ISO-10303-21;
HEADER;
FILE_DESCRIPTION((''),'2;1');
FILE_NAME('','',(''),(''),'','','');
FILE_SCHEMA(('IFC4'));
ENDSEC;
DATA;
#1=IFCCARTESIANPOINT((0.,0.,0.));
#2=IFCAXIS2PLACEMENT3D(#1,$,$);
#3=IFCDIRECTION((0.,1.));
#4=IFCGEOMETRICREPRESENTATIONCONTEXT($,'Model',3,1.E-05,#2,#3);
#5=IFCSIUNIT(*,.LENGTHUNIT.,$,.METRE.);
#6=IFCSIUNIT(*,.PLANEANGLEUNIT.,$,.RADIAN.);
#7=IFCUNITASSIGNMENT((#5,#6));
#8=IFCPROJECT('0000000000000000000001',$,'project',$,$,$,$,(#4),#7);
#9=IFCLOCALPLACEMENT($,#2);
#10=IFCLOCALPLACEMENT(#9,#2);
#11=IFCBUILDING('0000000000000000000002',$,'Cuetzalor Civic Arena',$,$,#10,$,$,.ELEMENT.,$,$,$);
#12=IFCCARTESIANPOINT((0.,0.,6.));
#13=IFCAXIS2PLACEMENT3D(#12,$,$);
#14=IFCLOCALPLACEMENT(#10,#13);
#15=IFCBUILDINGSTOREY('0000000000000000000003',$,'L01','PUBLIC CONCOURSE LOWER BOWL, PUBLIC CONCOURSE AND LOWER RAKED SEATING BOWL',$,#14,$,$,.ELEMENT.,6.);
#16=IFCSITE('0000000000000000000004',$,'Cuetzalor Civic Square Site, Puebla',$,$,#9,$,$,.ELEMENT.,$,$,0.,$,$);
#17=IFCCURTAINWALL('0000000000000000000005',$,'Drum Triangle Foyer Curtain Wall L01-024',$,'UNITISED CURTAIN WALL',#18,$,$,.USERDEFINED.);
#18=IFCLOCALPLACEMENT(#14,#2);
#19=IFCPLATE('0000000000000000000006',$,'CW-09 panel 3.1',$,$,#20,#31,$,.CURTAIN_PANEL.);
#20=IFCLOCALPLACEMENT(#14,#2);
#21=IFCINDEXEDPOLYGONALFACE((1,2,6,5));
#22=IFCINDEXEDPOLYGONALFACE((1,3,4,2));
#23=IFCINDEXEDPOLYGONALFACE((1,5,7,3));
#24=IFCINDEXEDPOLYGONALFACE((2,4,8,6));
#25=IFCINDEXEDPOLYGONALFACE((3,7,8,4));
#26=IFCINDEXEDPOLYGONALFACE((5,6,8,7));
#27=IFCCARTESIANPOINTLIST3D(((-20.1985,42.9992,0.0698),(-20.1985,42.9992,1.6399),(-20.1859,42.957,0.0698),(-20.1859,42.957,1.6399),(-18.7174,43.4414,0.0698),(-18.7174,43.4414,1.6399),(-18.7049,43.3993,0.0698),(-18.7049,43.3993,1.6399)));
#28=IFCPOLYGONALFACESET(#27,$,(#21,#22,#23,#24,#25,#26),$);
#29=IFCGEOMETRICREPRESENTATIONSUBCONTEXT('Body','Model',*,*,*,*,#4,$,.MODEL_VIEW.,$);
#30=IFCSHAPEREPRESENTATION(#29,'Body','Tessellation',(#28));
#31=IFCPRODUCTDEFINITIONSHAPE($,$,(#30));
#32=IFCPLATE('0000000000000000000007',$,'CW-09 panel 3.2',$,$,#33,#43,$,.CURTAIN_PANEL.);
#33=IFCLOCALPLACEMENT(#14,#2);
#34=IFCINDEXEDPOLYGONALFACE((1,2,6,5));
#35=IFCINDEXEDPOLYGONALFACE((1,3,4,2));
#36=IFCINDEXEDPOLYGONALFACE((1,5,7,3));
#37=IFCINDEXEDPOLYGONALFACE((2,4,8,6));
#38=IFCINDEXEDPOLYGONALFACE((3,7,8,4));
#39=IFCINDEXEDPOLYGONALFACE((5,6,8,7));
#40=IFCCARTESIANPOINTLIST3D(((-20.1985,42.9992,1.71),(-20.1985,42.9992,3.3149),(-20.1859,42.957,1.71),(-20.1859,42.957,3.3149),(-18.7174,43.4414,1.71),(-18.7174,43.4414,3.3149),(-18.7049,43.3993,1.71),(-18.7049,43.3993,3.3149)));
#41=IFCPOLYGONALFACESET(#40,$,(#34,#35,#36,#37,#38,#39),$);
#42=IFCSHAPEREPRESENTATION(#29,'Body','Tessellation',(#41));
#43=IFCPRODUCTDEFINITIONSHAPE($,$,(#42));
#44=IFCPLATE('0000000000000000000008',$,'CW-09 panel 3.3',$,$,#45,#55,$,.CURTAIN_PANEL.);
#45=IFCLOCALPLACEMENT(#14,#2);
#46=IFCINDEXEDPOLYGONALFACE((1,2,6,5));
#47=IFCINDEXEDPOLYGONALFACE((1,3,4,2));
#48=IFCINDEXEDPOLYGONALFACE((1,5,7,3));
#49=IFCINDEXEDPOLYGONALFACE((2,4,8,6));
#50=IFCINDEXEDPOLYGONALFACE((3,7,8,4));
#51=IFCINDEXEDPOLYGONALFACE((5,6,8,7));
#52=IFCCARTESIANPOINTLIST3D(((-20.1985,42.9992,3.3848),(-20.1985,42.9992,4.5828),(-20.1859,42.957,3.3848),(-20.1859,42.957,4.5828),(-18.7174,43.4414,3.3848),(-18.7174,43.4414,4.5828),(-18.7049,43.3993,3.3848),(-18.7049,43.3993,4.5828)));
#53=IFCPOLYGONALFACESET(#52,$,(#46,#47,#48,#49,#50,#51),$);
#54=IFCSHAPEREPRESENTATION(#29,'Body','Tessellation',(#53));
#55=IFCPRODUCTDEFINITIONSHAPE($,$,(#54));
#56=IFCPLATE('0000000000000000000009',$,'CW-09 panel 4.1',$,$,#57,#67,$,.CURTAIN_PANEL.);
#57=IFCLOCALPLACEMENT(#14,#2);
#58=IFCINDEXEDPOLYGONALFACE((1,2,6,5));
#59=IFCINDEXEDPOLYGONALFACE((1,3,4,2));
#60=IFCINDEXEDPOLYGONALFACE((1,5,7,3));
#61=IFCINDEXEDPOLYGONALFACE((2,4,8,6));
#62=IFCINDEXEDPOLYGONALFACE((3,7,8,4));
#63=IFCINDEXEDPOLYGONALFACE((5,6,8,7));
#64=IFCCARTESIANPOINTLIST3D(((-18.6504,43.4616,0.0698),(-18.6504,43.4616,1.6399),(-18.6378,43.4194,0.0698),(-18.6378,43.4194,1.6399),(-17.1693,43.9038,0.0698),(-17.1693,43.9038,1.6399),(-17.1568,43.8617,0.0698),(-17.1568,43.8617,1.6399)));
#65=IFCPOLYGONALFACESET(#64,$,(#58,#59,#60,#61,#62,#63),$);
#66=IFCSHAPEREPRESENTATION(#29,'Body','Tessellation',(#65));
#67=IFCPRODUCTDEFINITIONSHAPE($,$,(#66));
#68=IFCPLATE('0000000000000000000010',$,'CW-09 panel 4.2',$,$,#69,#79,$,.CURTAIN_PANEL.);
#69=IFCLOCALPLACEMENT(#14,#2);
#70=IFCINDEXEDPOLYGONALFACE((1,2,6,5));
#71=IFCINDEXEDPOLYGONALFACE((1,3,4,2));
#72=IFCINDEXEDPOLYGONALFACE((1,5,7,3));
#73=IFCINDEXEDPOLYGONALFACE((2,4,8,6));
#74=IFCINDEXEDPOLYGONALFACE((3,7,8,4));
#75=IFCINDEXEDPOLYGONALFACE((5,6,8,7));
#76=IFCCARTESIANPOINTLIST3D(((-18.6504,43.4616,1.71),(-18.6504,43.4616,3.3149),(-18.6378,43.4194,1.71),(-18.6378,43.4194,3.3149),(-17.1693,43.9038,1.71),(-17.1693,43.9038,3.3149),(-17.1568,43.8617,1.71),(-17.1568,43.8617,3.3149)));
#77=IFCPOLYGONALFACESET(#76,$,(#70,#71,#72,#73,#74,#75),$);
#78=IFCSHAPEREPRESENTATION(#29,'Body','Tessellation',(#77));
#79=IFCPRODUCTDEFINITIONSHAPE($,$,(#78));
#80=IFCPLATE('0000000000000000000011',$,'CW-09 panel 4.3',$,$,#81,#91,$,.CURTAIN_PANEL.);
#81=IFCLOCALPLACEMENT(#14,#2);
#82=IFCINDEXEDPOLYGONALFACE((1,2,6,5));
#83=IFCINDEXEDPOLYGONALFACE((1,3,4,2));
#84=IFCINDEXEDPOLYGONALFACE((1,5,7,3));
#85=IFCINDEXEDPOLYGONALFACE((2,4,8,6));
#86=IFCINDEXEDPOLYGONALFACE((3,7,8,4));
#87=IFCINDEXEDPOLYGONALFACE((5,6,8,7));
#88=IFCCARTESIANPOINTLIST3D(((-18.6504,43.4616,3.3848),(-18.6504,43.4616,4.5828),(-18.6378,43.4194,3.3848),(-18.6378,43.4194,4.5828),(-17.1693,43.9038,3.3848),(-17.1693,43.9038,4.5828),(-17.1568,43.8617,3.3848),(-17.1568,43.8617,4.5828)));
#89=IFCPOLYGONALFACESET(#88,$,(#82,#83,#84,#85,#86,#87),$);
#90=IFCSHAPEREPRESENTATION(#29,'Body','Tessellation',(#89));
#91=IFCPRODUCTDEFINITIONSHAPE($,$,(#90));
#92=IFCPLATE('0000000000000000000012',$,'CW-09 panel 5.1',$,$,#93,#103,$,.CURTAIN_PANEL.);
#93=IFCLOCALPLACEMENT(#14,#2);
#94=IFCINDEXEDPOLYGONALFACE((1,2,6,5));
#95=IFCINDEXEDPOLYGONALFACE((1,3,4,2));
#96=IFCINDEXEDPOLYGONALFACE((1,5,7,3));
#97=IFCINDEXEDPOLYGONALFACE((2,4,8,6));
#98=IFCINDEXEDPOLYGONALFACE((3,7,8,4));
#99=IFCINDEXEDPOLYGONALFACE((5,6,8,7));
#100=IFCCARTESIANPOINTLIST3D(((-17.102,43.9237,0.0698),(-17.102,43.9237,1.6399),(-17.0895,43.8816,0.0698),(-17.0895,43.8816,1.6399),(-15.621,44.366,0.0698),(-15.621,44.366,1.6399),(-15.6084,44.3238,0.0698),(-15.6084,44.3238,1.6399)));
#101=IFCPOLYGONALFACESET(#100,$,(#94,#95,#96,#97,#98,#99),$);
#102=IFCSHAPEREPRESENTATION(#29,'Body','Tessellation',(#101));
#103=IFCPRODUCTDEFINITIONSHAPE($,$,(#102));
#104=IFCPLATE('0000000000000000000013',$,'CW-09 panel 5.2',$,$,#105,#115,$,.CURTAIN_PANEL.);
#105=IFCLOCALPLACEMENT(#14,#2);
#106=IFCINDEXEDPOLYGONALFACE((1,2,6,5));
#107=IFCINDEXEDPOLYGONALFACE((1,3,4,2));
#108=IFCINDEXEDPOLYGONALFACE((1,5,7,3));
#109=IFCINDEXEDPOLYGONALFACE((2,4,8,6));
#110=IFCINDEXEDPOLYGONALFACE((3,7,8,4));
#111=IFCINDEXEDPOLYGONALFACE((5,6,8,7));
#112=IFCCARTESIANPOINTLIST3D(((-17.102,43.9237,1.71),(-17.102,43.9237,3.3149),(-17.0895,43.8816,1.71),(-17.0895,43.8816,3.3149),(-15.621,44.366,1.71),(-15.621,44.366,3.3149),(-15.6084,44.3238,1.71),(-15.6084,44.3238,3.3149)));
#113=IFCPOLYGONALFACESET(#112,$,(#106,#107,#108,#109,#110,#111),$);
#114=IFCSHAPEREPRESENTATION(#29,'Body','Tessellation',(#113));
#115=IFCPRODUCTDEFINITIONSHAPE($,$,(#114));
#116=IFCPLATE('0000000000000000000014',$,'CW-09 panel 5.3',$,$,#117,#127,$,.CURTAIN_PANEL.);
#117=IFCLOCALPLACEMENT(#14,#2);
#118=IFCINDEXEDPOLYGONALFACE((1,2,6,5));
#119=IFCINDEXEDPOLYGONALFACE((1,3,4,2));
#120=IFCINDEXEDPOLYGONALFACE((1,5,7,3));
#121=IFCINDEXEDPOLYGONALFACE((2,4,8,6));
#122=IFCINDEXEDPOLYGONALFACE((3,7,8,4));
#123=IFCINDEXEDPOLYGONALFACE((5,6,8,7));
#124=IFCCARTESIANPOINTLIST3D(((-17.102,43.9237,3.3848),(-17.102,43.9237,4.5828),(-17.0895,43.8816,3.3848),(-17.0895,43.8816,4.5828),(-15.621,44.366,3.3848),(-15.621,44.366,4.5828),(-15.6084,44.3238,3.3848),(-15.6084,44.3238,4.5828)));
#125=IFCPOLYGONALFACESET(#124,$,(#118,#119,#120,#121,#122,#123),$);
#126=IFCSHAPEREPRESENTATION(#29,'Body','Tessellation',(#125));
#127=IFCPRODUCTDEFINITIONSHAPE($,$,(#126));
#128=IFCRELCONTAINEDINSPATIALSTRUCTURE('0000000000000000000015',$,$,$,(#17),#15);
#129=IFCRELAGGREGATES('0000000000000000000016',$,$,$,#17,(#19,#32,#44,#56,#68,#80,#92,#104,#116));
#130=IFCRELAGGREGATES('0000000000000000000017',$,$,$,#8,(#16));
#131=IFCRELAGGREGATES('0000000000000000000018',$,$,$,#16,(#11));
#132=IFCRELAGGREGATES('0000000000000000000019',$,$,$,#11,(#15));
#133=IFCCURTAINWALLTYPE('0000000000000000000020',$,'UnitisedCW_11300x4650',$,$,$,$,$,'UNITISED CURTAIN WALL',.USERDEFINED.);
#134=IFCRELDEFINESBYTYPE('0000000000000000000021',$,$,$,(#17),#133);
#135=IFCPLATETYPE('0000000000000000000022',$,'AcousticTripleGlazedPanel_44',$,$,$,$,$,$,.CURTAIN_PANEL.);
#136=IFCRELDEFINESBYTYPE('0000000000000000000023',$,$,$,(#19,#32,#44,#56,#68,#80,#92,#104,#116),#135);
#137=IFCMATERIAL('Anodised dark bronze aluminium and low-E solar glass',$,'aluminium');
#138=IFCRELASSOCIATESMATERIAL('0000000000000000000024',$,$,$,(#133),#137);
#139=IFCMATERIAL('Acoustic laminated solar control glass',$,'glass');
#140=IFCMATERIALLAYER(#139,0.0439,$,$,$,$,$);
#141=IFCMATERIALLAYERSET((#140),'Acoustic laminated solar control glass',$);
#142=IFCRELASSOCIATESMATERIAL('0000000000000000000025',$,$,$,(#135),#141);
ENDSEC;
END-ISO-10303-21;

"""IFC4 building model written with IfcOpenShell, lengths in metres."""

from ifc_helpers import new_model, si_unit, direction, frame, origin, origin_2d, place, context, subcontext, project, spatial, rectangle, extrude, material, layer, layer_set, type_object, element, aggregate, save


model = new_model("IFC4")

# Units and contexts
model_context = context("Model", 3, precision=1e-05, world=origin(), true_north=direction((0.0, 1.0)))
body_context = subcontext(model_context, "Body", "Model", "MODEL_VIEW")
ifc_project = project(units=[si_unit("LENGTHUNIT", "METRE"), si_unit("PLANEANGLEUNIT", "RADIAN")], contexts=[model_context])

# Site, building, storey
site_placement = place(None, origin())
site = spatial("IfcSite", under=ifc_project, at=site_placement, Name="Cuetzalor Civic Square Site, Puebla", CompositionType="ELEMENT", RefElevation=0.0)
building_placement = place(site_placement, origin())
building = spatial("IfcBuilding", under=site, at=building_placement, Name="Cuetzalor Civic Arena", CompositionType="ELEMENT")
storey_placement = place(building_placement, frame((0.0, 0.0, 6.0)))
storey = spatial("IfcBuildingStorey", under=building, at=storey_placement, Name="L01", Description="PUBLIC CONCOURSE LOWER BOWL, PUBLIC CONCOURSE AND LOWER RAKED SEATING BOWL", CompositionType="ELEMENT", Elevation=6.0)

# Curtain wall, plates
ifc_material_1 = material(Name="Anodised dark bronze aluminium and low-E solar glass", Category="aluminium")
curtain_wall_type = type_object("IfcCurtainWallType", Name="UnitisedCW_11300x4650", ElementType="UNITISED CURTAIN WALL", PredefinedType="USERDEFINED", material=ifc_material_1)
curtain_wall_placement = place(storey_placement, origin())
curtain_wall = element("IfcCurtainWall", 1, at=curtain_wall_placement, inside=storey, type_object=curtain_wall_type, Name="Drum Triangle Foyer Curtain Wall L01-024", ObjectType="UNITISED CURTAIN WALL", PredefinedType="USERDEFINED")
ifc_material_2 = material(Name="Acoustic laminated solar control glass", Category="glass")
ifc_layer = layer(ifc_material_2, 0.0439)
ifc_layer_set = layer_set([ifc_layer], Name="Acoustic laminated solar control glass")
plate_type = type_object("IfcPlateType", Name="AcousticTripleGlazedPanel_44", PredefinedType="CURTAIN_PANEL", material=ifc_layer_set)
plate_1_placement = place(storey_placement, frame((-19.4517, 43.1992, 0.0698), z_axis=(0.0, 0.0, 1.0), x_axis=(0.958194, 0.28612, 0.0)))
plate_1 = element("IfcPlate", 2, at=plate_1_placement, type_object=plate_type, Name="CW-09 panel 3.1", PredefinedType="CURTAIN_PANEL", context=body_context, shape_type="SweptSolid", body=[
    extrude(rectangle(XDim=1.5457, YDim=0.0439, at=origin_2d()), origin(), (0.0, 0.0, 1.0), 1.5701),
])
plate_2_placement = place(storey_placement, frame((-19.4517, 43.1992, 1.71), z_axis=(0.0, 0.0, 1.0), x_axis=(0.958194, 0.28612, 0.0)))
plate_2 = element("IfcPlate", 3, at=plate_2_placement, type_object=plate_type, Name="CW-09 panel 3.2", PredefinedType="CURTAIN_PANEL", context=body_context, shape_type="SweptSolid", body=[
    extrude(rectangle(XDim=1.5457, YDim=0.0439, at=origin_2d()), origin(), (0.0, 0.0, 1.0), 1.605),
])
plate_3_placement = place(storey_placement, frame((-19.4517, 43.1992, 3.3848), z_axis=(0.0, 0.0, 1.0), x_axis=(0.958194, 0.28612, 0.0)))
plate_3 = element("IfcPlate", 4, at=plate_3_placement, type_object=plate_type, Name="CW-09 panel 3.3", PredefinedType="CURTAIN_PANEL", context=body_context, shape_type="SweptSolid", body=[
    extrude(rectangle(XDim=1.5457, YDim=0.0439, at=origin_2d()), origin(), (0.0, 0.0, 1.0), 1.198),
])
plate_4_placement = place(storey_placement, frame((-17.9036, 43.6616, 0.0698), z_axis=(0.0, 0.0, 1.0), x_axis=(0.958194, 0.28612, 0.0)))
plate_4 = element("IfcPlate", 5, at=plate_4_placement, type_object=plate_type, Name="CW-09 panel 4.1", PredefinedType="CURTAIN_PANEL", context=body_context, shape_type="SweptSolid", body=[
    extrude(rectangle(XDim=1.5457, YDim=0.0439, at=origin_2d()), origin(), (0.0, 0.0, 1.0), 1.5701),
])
plate_5_placement = place(storey_placement, frame((-17.9036, 43.6616, 1.71), z_axis=(0.0, 0.0, 1.0), x_axis=(0.958194, 0.28612, 0.0)))
plate_5 = element("IfcPlate", 6, at=plate_5_placement, type_object=plate_type, Name="CW-09 panel 4.2", PredefinedType="CURTAIN_PANEL", context=body_context, shape_type="SweptSolid", body=[
    extrude(rectangle(XDim=1.5457, YDim=0.0439, at=origin_2d()), origin(), (0.0, 0.0, 1.0), 1.605),
])
plate_6_placement = place(storey_placement, frame((-17.9036, 43.6616, 3.3848), z_axis=(0.0, 0.0, 1.0), x_axis=(0.958194, 0.28612, 0.0)))
plate_6 = element("IfcPlate", 7, at=plate_6_placement, type_object=plate_type, Name="CW-09 panel 4.3", PredefinedType="CURTAIN_PANEL", context=body_context, shape_type="SweptSolid", body=[
    extrude(rectangle(XDim=1.5457, YDim=0.0439, at=origin_2d()), origin(), (0.0, 0.0, 1.0), 1.198),
])
plate_7_placement = place(storey_placement, frame((-16.3552, 44.1238, 0.0698), z_axis=(0.0, 0.0, 1.0), x_axis=(0.958194, 0.28612, 0.0)))
plate_7 = element("IfcPlate", 8, at=plate_7_placement, type_object=plate_type, Name="CW-09 panel 5.1", PredefinedType="CURTAIN_PANEL", context=body_context, shape_type="SweptSolid", body=[
    extrude(rectangle(XDim=1.5457, YDim=0.0439, at=origin_2d()), origin(), (0.0, 0.0, 1.0), 1.5701),
])
plate_8_placement = place(storey_placement, frame((-16.3552, 44.1238, 1.71), z_axis=(0.0, 0.0, 1.0), x_axis=(0.958194, 0.28612, 0.0)))
plate_8 = element("IfcPlate", 9, at=plate_8_placement, type_object=plate_type, Name="CW-09 panel 5.2", PredefinedType="CURTAIN_PANEL", context=body_context, shape_type="SweptSolid", body=[
    extrude(rectangle(XDim=1.5457, YDim=0.0439, at=origin_2d()), origin(), (0.0, 0.0, 1.0), 1.605),
])
plate_9_placement = place(storey_placement, frame((-16.3552, 44.1238, 3.3848), z_axis=(0.0, 0.0, 1.0), x_axis=(0.958194, 0.28612, 0.0)))
plate_9 = element("IfcPlate", 10, at=plate_9_placement, type_object=plate_type, Name="CW-09 panel 5.3", PredefinedType="CURTAIN_PANEL", context=body_context, shape_type="SweptSolid", body=[
    extrude(rectangle(XDim=1.5457, YDim=0.0439, at=origin_2d()), origin(), (0.0, 0.0, 1.0), 1.198),
])
aggregate(curtain_wall, [plate_1, plate_2, plate_3, plate_4, plate_5, plate_6, plate_7, plate_8, plate_9])

save(model, "model.ifc")
